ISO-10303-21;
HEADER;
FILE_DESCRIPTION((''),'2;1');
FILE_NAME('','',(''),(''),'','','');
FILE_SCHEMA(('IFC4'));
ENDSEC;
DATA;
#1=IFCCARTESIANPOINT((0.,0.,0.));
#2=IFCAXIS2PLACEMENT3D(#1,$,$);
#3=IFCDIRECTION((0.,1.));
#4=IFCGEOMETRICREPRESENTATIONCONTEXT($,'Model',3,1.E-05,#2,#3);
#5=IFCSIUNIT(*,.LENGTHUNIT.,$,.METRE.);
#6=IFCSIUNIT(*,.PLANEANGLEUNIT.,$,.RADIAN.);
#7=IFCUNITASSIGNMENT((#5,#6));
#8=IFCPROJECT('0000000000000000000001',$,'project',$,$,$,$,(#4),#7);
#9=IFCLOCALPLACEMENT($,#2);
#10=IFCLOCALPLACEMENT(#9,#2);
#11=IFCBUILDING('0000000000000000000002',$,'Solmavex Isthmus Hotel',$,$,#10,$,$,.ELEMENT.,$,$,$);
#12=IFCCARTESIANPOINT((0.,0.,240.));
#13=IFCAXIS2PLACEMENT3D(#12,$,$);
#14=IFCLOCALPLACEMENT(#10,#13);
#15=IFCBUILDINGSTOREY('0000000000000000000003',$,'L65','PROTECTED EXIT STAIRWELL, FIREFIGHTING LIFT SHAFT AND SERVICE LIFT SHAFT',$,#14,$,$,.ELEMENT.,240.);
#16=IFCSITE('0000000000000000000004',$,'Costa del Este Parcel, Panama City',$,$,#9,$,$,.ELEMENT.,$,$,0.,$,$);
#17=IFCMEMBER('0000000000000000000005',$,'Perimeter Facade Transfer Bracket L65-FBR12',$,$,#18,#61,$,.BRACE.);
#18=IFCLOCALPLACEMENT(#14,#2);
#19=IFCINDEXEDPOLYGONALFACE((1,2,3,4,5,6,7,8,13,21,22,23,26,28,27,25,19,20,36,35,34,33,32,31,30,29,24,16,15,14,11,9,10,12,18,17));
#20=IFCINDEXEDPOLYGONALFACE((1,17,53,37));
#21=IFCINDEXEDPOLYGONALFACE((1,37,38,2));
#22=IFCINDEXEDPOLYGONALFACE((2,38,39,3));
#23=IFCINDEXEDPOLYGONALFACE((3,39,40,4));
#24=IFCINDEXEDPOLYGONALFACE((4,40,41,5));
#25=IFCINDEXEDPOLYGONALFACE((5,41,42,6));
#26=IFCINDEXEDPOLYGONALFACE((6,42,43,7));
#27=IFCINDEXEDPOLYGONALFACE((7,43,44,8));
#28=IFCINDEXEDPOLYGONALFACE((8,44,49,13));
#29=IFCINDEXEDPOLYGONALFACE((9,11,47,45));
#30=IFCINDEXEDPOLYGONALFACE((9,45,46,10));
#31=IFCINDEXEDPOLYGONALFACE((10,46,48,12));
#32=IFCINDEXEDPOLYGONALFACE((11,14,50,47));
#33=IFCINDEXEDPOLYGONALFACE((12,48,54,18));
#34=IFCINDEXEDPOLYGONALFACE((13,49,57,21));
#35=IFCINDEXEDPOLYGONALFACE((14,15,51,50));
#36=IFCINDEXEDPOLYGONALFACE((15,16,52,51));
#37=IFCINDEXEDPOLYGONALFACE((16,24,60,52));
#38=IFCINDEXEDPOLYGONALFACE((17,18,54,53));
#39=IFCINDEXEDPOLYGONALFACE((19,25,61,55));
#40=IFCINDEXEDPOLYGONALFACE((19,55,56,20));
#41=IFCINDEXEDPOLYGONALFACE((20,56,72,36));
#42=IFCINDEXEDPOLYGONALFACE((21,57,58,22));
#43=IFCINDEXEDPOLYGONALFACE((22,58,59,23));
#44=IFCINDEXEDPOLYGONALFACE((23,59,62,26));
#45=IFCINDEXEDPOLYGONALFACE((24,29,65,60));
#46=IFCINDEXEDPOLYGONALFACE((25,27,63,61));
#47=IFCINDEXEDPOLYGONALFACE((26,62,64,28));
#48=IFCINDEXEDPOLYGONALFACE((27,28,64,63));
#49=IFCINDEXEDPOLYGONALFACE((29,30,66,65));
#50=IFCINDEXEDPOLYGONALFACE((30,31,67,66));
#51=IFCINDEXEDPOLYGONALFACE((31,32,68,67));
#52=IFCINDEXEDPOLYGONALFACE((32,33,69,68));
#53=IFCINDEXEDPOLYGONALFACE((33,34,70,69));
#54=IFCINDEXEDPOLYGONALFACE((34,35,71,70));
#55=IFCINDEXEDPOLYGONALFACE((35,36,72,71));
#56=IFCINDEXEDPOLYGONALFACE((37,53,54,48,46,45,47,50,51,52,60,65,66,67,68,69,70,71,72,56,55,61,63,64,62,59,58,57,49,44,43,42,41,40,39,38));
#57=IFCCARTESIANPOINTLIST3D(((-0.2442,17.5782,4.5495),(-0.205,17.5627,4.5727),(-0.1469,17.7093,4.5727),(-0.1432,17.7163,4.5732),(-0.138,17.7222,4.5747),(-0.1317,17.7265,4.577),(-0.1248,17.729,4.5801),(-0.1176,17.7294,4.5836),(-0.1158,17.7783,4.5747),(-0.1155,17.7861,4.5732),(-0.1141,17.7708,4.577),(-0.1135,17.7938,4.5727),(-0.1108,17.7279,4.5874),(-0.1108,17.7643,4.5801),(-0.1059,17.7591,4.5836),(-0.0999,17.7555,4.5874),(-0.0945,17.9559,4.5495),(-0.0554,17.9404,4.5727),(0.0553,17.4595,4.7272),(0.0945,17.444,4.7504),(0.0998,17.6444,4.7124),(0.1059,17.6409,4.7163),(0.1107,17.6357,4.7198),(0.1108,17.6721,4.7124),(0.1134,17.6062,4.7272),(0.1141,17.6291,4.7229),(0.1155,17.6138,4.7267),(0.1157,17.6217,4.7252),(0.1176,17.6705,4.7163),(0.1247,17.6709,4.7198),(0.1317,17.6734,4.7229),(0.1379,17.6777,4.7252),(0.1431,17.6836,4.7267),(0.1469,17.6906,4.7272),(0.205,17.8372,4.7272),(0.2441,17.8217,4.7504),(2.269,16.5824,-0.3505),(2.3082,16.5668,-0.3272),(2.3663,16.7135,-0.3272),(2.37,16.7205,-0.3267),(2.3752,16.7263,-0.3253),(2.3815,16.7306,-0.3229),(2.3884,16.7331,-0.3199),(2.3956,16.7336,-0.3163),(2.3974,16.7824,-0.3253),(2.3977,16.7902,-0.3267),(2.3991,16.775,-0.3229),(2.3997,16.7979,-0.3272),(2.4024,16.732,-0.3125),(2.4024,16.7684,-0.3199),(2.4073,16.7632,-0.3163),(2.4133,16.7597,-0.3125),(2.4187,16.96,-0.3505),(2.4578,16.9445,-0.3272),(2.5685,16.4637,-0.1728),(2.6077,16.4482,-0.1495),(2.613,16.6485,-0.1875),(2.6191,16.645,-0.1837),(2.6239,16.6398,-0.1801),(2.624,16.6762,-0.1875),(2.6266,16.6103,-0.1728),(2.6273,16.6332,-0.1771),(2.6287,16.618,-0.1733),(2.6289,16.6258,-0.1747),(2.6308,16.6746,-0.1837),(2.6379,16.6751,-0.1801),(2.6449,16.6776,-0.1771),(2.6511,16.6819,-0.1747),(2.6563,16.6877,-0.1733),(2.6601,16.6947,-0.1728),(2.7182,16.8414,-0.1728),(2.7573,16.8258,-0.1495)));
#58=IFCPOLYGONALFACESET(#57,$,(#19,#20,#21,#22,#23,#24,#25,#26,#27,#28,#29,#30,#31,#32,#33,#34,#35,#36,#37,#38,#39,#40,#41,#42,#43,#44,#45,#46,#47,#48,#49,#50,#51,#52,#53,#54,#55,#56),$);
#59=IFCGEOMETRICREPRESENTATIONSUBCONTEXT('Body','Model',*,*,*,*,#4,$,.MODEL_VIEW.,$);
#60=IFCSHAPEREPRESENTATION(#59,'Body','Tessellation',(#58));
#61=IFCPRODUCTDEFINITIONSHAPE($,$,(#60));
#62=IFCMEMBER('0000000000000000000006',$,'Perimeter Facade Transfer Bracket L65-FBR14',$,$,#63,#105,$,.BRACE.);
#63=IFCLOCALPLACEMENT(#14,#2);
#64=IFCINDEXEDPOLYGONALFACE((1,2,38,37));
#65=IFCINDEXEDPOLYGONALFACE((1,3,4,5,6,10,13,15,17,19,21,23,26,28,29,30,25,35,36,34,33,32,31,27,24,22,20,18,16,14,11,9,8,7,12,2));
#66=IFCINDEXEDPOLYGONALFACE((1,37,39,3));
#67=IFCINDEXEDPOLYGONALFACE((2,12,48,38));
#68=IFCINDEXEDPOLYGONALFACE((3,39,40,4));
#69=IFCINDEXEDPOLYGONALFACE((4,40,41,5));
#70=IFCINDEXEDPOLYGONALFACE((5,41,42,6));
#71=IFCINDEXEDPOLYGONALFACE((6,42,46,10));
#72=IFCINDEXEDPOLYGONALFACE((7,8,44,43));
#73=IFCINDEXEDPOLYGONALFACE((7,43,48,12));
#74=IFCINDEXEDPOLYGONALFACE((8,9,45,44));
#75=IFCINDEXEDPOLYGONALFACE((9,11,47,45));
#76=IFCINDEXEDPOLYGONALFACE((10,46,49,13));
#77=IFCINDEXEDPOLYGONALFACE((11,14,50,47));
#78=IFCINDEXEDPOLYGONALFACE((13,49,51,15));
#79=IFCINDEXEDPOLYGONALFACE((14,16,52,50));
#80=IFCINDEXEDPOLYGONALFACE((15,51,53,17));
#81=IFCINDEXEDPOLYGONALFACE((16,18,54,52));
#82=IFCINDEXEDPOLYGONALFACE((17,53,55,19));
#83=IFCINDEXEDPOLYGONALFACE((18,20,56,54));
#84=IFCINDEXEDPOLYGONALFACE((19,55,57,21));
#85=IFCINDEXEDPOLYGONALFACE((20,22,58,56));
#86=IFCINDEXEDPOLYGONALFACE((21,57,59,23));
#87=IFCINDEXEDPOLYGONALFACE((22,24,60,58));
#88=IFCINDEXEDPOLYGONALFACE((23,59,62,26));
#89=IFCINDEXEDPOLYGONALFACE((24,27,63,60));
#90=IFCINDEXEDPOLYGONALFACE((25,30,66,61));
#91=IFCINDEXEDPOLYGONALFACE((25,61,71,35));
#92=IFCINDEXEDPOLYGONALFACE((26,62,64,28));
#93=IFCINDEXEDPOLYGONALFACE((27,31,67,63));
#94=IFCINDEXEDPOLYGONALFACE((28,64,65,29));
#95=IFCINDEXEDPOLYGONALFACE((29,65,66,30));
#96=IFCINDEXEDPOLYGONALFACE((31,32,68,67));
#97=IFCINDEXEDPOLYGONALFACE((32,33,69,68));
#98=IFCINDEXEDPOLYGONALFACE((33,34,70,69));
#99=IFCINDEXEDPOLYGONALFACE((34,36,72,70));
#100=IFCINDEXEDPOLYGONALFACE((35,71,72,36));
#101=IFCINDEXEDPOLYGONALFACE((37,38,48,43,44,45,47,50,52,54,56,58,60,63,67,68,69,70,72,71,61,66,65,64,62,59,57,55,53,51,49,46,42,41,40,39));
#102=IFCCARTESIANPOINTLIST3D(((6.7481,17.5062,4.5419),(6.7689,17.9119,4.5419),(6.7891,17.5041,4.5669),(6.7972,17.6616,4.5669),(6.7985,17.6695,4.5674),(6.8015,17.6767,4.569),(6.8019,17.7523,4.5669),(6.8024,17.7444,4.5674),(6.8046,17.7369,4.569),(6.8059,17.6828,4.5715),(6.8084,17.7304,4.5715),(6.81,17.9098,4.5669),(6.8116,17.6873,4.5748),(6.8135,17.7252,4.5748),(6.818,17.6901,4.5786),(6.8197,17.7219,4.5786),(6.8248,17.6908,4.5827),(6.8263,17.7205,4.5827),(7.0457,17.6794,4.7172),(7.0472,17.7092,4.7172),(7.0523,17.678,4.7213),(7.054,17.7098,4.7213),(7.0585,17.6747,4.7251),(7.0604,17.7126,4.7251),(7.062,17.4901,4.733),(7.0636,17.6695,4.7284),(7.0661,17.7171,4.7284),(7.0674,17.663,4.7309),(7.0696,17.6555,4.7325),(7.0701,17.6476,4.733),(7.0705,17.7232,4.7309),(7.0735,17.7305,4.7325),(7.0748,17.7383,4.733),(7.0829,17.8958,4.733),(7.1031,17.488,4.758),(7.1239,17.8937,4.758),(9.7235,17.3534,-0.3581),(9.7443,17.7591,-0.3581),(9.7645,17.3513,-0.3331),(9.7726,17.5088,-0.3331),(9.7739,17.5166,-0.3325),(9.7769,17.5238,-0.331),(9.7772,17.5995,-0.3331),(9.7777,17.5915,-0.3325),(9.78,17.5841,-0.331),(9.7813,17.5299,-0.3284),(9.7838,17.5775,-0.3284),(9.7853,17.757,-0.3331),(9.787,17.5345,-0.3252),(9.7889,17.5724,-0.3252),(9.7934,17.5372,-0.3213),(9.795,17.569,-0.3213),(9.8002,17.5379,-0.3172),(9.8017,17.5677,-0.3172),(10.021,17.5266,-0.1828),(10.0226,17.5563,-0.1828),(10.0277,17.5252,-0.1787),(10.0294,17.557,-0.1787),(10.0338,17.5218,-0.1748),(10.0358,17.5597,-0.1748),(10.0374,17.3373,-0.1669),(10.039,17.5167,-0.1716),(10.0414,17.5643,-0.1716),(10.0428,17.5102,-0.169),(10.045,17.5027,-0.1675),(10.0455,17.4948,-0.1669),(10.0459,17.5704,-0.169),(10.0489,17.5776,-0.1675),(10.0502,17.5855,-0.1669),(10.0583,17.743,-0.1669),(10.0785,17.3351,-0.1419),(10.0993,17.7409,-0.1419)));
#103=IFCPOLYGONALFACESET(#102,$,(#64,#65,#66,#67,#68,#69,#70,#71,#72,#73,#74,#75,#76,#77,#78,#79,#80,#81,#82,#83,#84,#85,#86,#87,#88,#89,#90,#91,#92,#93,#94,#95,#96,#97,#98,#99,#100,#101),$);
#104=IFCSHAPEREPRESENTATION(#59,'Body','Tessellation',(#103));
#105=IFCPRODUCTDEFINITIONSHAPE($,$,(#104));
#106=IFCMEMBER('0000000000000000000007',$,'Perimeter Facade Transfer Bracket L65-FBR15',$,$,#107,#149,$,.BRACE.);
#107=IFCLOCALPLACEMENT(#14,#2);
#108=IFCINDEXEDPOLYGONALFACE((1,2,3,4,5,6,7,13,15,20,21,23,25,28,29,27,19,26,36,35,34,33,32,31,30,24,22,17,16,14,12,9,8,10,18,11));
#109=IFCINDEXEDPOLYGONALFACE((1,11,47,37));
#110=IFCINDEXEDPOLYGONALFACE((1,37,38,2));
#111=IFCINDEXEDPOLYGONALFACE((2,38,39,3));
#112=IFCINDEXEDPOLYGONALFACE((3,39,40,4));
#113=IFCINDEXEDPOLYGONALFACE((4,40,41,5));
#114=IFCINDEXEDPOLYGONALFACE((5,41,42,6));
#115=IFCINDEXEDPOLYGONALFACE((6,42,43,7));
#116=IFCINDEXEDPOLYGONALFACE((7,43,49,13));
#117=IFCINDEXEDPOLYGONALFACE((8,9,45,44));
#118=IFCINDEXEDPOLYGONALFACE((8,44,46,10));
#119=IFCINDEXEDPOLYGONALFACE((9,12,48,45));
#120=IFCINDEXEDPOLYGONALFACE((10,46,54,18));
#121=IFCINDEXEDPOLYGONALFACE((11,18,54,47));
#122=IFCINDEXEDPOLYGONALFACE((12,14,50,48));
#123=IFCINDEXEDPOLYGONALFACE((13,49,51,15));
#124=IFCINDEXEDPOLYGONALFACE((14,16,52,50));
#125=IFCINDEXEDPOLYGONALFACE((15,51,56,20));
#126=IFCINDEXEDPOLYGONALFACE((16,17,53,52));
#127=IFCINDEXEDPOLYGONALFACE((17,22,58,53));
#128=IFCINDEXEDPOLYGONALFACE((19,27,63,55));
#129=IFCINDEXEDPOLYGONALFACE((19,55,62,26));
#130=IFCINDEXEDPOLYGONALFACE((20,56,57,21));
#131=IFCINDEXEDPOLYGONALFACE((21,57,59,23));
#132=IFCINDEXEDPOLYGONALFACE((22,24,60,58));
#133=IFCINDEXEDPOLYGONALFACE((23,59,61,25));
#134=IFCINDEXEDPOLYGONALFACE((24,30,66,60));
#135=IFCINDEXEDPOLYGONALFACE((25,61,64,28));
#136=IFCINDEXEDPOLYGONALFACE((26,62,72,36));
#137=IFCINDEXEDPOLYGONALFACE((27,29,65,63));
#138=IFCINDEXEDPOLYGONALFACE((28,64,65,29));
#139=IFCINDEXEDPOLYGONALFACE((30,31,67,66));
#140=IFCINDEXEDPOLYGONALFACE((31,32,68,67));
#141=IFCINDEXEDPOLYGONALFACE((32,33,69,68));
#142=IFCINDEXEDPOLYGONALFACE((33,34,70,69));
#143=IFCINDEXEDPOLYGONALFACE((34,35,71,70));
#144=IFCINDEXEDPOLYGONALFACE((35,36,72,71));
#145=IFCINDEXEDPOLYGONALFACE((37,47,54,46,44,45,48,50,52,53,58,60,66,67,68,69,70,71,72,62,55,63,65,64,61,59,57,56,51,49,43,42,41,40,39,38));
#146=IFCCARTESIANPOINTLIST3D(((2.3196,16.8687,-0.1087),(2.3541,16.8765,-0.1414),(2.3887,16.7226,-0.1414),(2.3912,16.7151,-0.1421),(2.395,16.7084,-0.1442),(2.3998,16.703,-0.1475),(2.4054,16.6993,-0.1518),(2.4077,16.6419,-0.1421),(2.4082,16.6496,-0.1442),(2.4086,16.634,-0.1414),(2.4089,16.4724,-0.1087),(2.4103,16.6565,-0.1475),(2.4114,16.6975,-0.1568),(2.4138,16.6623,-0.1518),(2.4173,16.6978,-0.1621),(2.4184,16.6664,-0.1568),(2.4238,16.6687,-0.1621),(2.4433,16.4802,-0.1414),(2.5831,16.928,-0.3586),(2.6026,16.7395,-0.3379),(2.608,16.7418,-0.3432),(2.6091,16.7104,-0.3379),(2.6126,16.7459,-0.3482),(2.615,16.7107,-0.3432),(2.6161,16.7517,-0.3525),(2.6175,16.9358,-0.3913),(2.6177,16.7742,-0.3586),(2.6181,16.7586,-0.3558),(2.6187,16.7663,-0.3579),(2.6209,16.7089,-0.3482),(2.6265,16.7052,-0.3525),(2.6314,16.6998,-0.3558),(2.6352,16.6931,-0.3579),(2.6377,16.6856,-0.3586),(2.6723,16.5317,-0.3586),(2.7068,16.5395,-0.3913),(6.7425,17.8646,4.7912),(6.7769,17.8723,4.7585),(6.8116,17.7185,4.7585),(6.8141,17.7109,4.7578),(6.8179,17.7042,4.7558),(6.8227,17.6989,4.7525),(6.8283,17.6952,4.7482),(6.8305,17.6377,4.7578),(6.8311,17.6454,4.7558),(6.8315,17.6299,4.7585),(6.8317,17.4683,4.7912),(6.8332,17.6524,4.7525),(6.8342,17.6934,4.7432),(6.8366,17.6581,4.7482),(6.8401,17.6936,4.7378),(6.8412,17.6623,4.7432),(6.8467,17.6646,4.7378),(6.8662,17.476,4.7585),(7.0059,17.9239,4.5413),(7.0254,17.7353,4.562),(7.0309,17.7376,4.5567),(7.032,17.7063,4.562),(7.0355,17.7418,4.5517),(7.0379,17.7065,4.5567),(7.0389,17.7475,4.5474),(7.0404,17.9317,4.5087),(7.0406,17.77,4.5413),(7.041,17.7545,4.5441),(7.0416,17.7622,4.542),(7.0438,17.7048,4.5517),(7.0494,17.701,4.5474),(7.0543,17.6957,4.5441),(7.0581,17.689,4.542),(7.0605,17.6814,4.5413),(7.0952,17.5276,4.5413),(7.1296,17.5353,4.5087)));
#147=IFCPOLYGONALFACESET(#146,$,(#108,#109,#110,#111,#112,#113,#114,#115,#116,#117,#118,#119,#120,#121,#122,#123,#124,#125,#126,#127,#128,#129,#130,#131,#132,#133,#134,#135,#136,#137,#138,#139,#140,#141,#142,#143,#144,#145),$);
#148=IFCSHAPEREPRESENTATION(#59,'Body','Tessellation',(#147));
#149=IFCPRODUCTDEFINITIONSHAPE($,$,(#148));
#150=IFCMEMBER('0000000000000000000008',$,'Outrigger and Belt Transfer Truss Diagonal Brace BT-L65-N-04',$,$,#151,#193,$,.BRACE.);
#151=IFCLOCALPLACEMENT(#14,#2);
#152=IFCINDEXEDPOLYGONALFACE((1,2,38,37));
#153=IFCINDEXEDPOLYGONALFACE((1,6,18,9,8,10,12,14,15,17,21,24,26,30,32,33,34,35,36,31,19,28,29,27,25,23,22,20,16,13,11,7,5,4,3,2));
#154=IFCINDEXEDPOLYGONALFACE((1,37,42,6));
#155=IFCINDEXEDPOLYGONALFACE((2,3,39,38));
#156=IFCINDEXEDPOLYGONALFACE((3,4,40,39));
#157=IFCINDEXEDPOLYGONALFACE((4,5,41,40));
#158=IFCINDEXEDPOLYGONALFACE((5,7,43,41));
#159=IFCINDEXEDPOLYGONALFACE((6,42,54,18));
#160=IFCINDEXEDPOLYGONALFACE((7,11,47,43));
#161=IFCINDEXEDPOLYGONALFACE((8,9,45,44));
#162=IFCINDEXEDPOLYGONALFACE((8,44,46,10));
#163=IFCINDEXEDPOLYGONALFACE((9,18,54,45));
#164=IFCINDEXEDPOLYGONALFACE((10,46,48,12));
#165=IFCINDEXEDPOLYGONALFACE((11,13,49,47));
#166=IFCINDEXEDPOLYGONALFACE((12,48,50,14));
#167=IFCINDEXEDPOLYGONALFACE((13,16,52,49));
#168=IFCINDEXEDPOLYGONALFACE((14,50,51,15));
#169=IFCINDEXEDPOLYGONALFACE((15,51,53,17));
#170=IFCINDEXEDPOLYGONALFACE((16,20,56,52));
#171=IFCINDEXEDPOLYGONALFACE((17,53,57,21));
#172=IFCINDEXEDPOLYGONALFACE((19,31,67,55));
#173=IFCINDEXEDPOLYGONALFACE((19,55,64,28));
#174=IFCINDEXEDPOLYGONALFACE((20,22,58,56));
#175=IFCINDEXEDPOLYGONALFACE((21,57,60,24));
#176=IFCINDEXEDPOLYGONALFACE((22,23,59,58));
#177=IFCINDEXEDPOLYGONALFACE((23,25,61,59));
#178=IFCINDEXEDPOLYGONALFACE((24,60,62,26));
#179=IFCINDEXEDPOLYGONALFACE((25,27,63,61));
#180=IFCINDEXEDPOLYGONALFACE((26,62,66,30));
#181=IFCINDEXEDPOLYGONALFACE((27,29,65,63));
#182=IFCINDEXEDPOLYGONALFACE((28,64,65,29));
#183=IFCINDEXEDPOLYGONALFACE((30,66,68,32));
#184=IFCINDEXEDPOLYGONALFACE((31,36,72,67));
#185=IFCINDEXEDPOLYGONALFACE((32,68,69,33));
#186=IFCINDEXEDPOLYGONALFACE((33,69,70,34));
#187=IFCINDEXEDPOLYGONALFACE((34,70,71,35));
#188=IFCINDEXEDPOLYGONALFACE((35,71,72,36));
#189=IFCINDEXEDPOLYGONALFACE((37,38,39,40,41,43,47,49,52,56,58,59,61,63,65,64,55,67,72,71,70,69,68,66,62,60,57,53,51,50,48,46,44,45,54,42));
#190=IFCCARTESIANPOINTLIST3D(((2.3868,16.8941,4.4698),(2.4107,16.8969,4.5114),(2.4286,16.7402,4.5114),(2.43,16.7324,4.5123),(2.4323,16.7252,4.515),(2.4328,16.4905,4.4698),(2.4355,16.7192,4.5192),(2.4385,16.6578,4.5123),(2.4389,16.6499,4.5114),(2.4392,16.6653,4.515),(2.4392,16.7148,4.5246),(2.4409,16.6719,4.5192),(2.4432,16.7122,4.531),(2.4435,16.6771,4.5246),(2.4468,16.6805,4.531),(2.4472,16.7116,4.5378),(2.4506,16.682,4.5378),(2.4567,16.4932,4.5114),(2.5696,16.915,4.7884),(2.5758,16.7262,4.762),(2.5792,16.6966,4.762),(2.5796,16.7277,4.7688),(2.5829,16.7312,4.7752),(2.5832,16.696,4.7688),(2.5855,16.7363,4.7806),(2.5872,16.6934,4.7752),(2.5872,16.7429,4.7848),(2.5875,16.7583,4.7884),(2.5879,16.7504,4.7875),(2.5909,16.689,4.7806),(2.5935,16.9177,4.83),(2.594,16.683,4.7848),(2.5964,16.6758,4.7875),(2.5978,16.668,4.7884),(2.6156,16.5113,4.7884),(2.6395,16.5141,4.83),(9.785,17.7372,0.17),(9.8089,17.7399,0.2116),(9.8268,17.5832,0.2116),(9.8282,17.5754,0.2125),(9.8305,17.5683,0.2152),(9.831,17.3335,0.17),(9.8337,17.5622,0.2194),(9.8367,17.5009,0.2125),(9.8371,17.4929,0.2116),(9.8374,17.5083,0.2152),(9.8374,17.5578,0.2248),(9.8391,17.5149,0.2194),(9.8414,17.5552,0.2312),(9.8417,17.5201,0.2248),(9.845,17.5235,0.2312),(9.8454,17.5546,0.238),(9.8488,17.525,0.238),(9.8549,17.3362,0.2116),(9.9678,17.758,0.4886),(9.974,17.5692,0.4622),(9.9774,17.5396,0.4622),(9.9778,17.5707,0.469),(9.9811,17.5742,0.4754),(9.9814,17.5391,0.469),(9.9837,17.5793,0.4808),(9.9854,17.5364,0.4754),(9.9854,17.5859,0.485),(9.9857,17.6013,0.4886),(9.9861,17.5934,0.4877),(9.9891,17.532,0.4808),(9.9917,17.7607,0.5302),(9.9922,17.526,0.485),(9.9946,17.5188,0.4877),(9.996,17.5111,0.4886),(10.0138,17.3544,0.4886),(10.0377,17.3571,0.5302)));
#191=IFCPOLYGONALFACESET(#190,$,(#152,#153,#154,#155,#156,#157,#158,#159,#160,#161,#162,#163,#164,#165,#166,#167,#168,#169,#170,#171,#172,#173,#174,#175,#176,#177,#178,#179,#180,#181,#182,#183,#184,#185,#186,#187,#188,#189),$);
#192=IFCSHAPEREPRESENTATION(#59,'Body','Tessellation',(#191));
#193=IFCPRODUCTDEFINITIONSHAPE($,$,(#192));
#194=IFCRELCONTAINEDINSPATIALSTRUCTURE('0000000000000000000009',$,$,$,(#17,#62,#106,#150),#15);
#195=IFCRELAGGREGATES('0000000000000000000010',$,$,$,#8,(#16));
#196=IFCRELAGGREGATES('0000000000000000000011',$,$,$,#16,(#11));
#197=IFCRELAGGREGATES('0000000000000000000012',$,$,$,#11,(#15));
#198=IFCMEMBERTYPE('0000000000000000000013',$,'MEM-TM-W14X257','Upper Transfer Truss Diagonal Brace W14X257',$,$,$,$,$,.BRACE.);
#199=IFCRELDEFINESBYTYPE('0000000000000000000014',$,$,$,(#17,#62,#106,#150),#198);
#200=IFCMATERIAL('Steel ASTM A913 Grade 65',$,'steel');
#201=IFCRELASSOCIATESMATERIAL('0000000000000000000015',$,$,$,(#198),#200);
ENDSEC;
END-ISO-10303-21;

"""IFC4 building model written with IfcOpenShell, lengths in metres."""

from ifc_helpers import new_model, si_unit, direction, frame, origin, origin_2d, place, context, subcontext, project, spatial, i_section, extrude, material, material_profile, profile_set, type_object, element, save


model = new_model("IFC4")

# Units and contexts
model_context = context("Model", 3, precision=1e-05, world=origin(), true_north=direction((0.0, 1.0)))
body_context = subcontext(model_context, "Body", "Model", "MODEL_VIEW")
ifc_project = project(units=[si_unit("LENGTHUNIT", "METRE"), si_unit("PLANEANGLEUNIT", "RADIAN")], contexts=[model_context])

# Site, building, storey
site_placement = place(None, origin())
site = spatial("IfcSite", under=ifc_project, at=site_placement, Name="Costa del Este Parcel, Panama City", CompositionType="ELEMENT", RefElevation=0.0)
building_placement = place(site_placement, origin())
building = spatial("IfcBuilding", under=site, at=building_placement, Name="Solmavex Isthmus Hotel", CompositionType="ELEMENT")
storey_placement = place(building_placement, frame((0.0, 0.0, 240.0)))
storey = spatial("IfcBuildingStorey", under=building, at=storey_placement, Name="L65", Description="PROTECTED EXIT STAIRWELL, FIREFIGHTING LIFT SHAFT AND SERVICE LIFT SHAFT", CompositionType="ELEMENT", Elevation=240.0)

# Shared definitions
ifc_material_1 = material(Name="Steel ASTM A913 Grade 65", Category="steel")

# Members
ifc_material_profile_1 = material_profile(ifc_material_1, i_section(OverallWidth=0.4062, OverallDepth=0.416, WebThickness=0.0298, FlangeThickness=0.0481, FilletRadius=0.0305, at=origin_2d()), Name="W14X257")
ifc_profile_set_1 = profile_set([ifc_material_profile_1], Name="Steel ASTM A913 Grade 65")
member_type_1 = type_object("IfcMemberType", Name="MEM-TM-W14X257", Description="Upper Transfer Truss Diagonal Brace W14X257", PredefinedType="BRACE", material=ifc_profile_set_1)
member_1_placement = place(storey_placement, frame((2.5132, 16.7041, -0.25), z_axis=(-0.449092, 0.177953, 0.875585), x_axis=(-0.368384, -0.929674, 0.0)))
element("IfcMember", 1, at=member_1_placement, inside=storey, type_object=member_type_1, Name="Perimeter Facade Transfer Bracket L65-FBR12", PredefinedType="BRACE", context=body_context, shape_type="SweptSolid", body=[
    extrude(i_section(OverallWidth=0.4062, OverallDepth=0.416, WebThickness=0.0298, FlangeThickness=0.0481, FilletRadius=0.0305, at=origin_2d()), origin(), (0.0, 0.0, 1.0), 5.5962),
])
member_2_placement = place(storey_placement, frame((9.9114, 17.5471, -0.25), z_axis=(-0.518845, 0.026651, 0.854453), x_axis=(-0.051299, -0.998683, 0.0)))
element("IfcMember", 2, at=member_2_placement, inside=storey, type_object=member_type_1, Name="Perimeter Facade Transfer Bracket L65-FBR14", PredefinedType="BRACE", context=body_context, shape_type="SweptSolid", body=[
    extrude(i_section(OverallWidth=0.4062, OverallDepth=0.416, WebThickness=0.0298, FlangeThickness=0.0481, FilletRadius=0.0305, at=origin_2d()), origin(), (0.0, 0.0, 1.0), 5.7346),
])
member_3_placement = place(storey_placement, frame((2.5132, 16.7041, -0.25), z_axis=(0.662549, 0.14918, 0.734012), x_axis=(-0.219661, 0.975576, 0.0)))
element("IfcMember", 3, at=member_3_placement, inside=storey, type_object=member_type_1, Name="Perimeter Facade Transfer Bracket L65-FBR15", PredefinedType="BRACE", context=body_context, shape_type="SweptSolid", body=[
    extrude(i_section(OverallWidth=0.4062, OverallDepth=0.416, WebThickness=0.0298, FlangeThickness=0.0481, FilletRadius=0.0305, at=origin_2d()), origin(), (0.0, 0.0, 1.0), 6.6755),
])
for number, where, z_axis, x_axis, name in (
    (4, (2.5132, 16.7041, 4.6499), (0.860416, 0.098044, -0.500071), (-0.113216, 0.99357, 0.0), "Outrigger and Belt Transfer Truss Diagonal Brace BT-L65-N-04"),
):
    element("IfcMember", number, at=place(storey_placement, frame(where, z_axis=z_axis, x_axis=x_axis)), inside=storey, type_object=member_type_1, Name=name, PredefinedType="BRACE", context=body_context, shape_type="SweptSolid", body=[
        extrude(i_section(OverallWidth=0.4062, OverallDepth=0.416, WebThickness=0.0298, FlangeThickness=0.0481, FilletRadius=0.0305, at=origin_2d()), origin(), (0.0, 0.0, 1.0), 8.5984),
    ])

save(model, "model.ifc")
